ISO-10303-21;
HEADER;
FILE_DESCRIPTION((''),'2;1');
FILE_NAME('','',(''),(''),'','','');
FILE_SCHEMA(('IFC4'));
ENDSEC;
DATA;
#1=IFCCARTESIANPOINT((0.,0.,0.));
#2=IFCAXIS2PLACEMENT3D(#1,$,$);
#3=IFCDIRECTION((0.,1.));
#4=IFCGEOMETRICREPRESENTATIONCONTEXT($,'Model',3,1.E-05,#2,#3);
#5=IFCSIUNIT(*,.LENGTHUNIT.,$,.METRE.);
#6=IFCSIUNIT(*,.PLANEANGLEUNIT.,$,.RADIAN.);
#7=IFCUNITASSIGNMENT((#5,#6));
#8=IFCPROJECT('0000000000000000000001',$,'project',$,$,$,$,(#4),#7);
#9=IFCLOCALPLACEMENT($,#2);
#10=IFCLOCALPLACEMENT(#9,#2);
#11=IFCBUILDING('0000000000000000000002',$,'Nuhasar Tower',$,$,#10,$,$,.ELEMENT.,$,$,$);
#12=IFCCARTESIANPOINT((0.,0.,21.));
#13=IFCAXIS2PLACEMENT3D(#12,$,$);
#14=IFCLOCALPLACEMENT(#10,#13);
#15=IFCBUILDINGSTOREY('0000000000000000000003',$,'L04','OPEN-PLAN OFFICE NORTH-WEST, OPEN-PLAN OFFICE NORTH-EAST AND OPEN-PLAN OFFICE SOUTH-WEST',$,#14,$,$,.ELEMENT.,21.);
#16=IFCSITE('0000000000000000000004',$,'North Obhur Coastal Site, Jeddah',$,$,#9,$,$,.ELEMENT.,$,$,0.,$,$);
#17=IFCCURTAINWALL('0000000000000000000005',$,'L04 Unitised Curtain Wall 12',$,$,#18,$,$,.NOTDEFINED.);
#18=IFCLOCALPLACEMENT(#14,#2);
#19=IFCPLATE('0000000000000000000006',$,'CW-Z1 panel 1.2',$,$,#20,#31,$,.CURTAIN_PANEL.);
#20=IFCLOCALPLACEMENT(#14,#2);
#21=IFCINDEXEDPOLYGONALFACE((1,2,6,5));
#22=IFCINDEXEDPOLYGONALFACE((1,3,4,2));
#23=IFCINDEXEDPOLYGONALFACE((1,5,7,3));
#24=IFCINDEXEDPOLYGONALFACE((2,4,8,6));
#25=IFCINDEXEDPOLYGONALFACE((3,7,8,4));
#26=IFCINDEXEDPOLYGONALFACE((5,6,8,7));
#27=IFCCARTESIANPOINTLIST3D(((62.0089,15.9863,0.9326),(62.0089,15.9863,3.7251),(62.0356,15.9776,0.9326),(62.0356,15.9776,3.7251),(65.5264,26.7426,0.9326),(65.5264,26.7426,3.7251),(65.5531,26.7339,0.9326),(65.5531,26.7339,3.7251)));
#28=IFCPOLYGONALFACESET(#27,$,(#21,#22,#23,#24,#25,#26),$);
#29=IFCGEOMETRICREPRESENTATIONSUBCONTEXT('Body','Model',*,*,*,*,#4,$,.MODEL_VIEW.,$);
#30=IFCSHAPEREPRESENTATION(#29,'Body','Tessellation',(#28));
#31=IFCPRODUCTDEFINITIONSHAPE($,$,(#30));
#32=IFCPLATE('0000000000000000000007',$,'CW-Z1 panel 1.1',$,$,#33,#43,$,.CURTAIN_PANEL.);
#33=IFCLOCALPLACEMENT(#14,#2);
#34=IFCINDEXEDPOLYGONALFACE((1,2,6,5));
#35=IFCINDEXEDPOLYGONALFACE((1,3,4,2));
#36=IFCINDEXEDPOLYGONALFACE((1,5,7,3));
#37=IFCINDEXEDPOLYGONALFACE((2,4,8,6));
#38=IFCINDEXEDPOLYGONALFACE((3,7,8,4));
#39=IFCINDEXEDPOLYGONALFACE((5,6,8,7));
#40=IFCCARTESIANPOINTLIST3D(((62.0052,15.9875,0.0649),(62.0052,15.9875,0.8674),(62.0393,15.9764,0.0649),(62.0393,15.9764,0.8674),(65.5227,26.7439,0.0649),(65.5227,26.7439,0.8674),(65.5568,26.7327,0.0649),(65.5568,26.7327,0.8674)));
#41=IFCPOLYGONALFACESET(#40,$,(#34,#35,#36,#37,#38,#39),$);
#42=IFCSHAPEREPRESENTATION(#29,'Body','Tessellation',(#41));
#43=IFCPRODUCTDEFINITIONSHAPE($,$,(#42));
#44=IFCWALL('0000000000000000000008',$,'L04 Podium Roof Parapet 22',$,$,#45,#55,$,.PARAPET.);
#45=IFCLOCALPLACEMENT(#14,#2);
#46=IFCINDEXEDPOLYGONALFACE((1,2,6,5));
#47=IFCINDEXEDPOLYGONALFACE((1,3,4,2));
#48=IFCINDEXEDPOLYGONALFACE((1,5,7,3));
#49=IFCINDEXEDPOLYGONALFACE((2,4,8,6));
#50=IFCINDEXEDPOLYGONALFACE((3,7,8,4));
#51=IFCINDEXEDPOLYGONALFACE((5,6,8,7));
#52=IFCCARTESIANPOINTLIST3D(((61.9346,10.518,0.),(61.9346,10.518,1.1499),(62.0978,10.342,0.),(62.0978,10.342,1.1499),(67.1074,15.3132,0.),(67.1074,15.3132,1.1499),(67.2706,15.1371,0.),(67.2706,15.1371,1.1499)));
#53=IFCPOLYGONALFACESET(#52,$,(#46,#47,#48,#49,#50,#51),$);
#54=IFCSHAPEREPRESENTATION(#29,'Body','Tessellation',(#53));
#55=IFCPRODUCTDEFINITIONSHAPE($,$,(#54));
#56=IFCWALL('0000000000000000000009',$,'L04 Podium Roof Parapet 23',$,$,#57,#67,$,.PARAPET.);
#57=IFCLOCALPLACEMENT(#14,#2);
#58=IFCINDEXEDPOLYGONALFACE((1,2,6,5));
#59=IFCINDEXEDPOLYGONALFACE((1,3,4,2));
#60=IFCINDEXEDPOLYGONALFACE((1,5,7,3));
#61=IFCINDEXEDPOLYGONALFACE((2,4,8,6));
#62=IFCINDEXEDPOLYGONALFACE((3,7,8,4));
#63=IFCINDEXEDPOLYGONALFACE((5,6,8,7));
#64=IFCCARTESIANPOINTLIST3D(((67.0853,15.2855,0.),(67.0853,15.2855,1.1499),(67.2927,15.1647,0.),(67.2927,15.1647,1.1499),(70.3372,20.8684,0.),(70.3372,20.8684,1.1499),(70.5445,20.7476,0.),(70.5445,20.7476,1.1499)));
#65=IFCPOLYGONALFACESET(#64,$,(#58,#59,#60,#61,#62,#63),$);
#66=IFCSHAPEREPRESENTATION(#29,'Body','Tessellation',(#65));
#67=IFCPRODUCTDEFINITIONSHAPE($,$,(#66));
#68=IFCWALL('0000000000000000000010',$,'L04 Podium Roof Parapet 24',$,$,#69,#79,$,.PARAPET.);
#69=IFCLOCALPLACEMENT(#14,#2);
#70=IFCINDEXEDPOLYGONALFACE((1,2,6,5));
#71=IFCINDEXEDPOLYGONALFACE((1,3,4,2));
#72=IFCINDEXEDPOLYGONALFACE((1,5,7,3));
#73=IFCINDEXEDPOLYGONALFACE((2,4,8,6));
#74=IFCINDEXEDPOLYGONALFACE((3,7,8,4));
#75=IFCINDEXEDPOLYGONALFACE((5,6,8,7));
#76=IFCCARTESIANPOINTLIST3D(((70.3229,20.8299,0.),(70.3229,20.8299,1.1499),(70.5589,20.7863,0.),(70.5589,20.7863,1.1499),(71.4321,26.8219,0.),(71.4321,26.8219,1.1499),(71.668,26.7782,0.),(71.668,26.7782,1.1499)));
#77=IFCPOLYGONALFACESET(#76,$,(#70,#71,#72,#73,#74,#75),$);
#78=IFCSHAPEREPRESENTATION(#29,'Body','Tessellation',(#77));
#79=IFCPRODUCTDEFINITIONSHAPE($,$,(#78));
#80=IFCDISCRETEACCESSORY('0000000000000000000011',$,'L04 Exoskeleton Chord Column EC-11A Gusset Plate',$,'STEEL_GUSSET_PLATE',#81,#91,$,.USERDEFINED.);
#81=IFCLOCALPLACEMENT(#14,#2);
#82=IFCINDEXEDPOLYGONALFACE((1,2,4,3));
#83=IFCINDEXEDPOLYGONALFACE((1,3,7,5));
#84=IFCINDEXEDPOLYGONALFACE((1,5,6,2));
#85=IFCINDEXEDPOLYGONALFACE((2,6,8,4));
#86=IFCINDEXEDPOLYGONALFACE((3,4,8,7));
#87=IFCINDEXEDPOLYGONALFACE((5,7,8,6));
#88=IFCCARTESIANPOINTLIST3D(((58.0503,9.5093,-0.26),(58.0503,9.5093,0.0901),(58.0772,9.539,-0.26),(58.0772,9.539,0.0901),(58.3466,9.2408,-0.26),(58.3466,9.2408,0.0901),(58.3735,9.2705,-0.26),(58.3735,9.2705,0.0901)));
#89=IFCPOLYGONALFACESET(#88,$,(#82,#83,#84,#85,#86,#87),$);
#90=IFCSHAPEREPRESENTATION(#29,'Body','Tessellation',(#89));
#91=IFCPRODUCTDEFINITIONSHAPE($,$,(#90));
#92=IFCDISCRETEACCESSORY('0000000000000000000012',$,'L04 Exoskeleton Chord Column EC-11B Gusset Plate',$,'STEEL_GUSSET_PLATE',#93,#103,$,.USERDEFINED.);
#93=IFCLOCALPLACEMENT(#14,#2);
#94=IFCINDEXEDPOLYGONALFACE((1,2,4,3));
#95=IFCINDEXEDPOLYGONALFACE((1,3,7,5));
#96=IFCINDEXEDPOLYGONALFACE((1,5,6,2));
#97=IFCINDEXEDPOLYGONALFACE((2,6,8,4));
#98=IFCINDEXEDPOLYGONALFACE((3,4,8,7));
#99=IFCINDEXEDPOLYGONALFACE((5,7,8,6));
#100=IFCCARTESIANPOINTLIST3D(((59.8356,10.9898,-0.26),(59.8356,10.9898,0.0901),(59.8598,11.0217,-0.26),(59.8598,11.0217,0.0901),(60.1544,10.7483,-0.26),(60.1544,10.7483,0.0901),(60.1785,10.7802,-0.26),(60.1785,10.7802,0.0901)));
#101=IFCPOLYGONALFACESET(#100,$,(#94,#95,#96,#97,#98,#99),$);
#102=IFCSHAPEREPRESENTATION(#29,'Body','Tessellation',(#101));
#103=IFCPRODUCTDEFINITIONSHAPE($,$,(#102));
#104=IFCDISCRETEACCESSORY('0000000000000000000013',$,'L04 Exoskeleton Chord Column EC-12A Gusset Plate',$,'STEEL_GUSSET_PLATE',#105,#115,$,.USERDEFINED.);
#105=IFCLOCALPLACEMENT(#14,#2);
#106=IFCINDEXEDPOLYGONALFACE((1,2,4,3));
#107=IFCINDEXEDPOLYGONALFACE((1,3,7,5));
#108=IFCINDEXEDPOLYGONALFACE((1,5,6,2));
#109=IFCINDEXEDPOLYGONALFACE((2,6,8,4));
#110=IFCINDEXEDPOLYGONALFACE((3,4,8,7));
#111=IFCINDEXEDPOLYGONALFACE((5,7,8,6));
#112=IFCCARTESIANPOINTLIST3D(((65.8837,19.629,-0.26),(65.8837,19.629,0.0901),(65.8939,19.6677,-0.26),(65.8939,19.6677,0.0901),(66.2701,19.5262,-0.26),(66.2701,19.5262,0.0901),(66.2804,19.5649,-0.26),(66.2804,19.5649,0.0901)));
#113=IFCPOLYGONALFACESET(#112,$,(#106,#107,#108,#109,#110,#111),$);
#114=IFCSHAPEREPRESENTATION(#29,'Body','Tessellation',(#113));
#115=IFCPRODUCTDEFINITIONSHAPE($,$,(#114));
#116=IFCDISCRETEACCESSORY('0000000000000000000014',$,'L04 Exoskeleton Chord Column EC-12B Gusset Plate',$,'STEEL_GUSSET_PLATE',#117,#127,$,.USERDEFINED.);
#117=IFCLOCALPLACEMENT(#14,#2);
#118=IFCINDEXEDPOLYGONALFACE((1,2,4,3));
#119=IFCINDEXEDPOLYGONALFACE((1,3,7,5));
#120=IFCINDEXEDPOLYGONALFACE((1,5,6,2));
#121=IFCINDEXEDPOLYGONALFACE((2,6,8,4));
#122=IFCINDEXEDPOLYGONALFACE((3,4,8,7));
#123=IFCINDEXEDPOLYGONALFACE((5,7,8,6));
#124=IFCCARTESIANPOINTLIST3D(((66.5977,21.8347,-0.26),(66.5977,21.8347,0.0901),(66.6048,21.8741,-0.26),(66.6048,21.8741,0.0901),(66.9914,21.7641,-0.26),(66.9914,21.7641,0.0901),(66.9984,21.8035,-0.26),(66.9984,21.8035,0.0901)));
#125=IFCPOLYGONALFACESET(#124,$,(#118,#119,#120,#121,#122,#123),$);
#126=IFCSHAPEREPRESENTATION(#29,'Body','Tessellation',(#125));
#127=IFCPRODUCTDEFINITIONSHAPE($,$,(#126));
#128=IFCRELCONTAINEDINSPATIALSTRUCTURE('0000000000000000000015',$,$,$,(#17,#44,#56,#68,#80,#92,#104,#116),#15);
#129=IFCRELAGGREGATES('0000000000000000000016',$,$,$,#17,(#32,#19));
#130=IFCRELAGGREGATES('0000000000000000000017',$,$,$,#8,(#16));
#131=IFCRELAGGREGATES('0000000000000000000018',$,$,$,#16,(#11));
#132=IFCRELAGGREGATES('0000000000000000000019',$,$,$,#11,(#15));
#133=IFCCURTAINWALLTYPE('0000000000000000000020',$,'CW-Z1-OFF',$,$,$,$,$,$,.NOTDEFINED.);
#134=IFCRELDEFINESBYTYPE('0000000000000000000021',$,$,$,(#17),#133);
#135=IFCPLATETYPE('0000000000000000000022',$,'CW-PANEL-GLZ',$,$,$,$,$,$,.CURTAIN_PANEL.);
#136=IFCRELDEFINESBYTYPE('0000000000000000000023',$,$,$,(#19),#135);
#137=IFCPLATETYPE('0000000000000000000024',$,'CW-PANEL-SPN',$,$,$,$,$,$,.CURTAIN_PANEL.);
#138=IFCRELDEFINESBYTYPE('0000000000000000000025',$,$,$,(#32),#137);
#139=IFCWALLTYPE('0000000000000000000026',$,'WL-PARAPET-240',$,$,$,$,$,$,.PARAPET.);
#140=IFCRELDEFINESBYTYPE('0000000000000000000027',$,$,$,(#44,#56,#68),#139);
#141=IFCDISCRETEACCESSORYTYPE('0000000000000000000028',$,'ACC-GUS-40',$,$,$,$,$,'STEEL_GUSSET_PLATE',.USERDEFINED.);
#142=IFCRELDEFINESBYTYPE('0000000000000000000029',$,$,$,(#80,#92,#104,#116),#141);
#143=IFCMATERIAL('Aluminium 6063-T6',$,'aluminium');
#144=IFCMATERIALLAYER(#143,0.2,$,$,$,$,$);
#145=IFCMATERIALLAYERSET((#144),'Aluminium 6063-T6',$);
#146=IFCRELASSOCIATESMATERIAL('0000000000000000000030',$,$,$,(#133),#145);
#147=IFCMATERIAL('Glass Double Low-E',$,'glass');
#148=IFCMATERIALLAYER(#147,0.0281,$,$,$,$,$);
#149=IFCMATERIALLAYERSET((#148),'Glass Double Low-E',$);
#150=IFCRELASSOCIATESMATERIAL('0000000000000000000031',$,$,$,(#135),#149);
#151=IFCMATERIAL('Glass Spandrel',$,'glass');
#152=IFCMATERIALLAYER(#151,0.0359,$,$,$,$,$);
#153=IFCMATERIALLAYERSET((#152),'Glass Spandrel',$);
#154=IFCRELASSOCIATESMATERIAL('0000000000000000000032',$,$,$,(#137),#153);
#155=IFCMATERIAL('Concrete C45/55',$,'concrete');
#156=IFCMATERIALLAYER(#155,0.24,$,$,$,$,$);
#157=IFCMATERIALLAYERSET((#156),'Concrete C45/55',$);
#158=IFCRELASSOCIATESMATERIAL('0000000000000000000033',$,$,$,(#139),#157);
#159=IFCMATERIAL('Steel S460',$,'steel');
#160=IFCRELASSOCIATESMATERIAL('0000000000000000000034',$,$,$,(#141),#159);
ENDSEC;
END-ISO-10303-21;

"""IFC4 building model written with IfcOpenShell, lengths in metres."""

from ifc_helpers import new_model, si_unit, direction, frame, frame_2d, origin, origin_2d, place, context, subcontext, project, spatial, rectangle, extrude, material, layer, layer_set, type_object, element, aggregate, save


model = new_model("IFC4")

# Units and contexts
model_context = context("Model", 3, precision=1e-05, world=origin(), true_north=direction((0.0, 1.0)))
body_context = subcontext(model_context, "Body", "Model", "MODEL_VIEW")
ifc_project = project(units=[si_unit("LENGTHUNIT", "METRE"), si_unit("PLANEANGLEUNIT", "RADIAN")], contexts=[model_context])

# Site, building, storey
site_placement = place(None, origin())
site = spatial("IfcSite", under=ifc_project, at=site_placement, Name="North Obhur Coastal Site, Jeddah", CompositionType="ELEMENT", RefElevation=0.0)
building_placement = place(site_placement, origin())
building = spatial("IfcBuilding", under=site, at=building_placement, Name="Nuhasar Tower", CompositionType="ELEMENT")
storey_placement = place(building_placement, frame((0.0, 0.0, 21.0)))
storey = spatial("IfcBuildingStorey", under=building, at=storey_placement, Name="L04", Description="OPEN-PLAN OFFICE NORTH-WEST, OPEN-PLAN OFFICE NORTH-EAST AND OPEN-PLAN OFFICE SOUTH-WEST", CompositionType="ELEMENT", Elevation=21.0)

# Shared definitions
ifc_material_1 = material(Name="Steel S460", Category="steel")

# Shared definitions
ifc_material_2 = material(Name="Aluminium 6063-T6", Category="aluminium")
ifc_layer_1 = layer(ifc_material_2, 0.2)
ifc_layer_set_1 = layer_set([ifc_layer_1], Name="Aluminium 6063-T6")
curtain_wall_type = type_object("IfcCurtainWallType", Name="CW-Z1-OFF", PredefinedType="NOTDEFINED", material=ifc_layer_set_1)

# Curtain wall
curtain_wall_1_placement = place(storey_placement, origin())
curtain_wall_1 = element("IfcCurtainWall", 1, at=curtain_wall_1_placement, inside=storey, type_object=curtain_wall_type, Name="L04 Unitised Curtain Wall 12", PredefinedType="NOTDEFINED")

# Plates
ifc_material_3 = material(Name="Glass Double Low-E", Category="glass")
ifc_layer_2 = layer(ifc_material_3, 0.0281)
ifc_layer_set_2 = layer_set([ifc_layer_2], Name="Glass Double Low-E")
plate_type_1 = type_object("IfcPlateType", Name="CW-PANEL-GLZ", PredefinedType="CURTAIN_PANEL", material=ifc_layer_set_2)
plate_1_placement = place(storey_placement, frame((63.781, 21.3601, 0.9326), z_axis=(0.0, 0.0, 1.0), x_axis=(0.310824, 0.950468, 0.0)))
plate_1 = element("IfcPlate", 2, at=plate_1_placement, type_object=plate_type_1, Name="CW-Z1 panel 1.2", PredefinedType="CURTAIN_PANEL", context=body_context, shape_type="SweptSolid", body=[
    extrude(rectangle(XDim=11.3169, YDim=0.0281, at=origin_2d()), origin(), (0.0, 0.0, 1.0), 2.7925),
])
ifc_material_4 = material(Name="Glass Spandrel", Category="glass")
ifc_layer_3 = layer(ifc_material_4, 0.0359)
ifc_layer_set_3 = layer_set([ifc_layer_3], Name="Glass Spandrel")
plate_type_2 = type_object("IfcPlateType", Name="CW-PANEL-SPN", PredefinedType="CURTAIN_PANEL", material=ifc_layer_set_3)
plate_2_placement = place(storey_placement, frame((63.781, 21.3601, 0.0649), z_axis=(0.0, 0.0, 1.0), x_axis=(0.310824, 0.950468, 0.0)))
plate_2 = element("IfcPlate", 3, at=plate_2_placement, type_object=plate_type_2, Name="CW-Z1 panel 1.1", PredefinedType="CURTAIN_PANEL", context=body_context, shape_type="SweptSolid", body=[
    extrude(rectangle(XDim=11.3169, YDim=0.0359, at=origin_2d()), origin(), (0.0, 0.0, 1.0), 0.8025),
])
aggregate(curtain_wall_1, [plate_2, plate_1])

# Walls
ifc_material_5 = material(Name="Concrete C45/55", Category="concrete")
ifc_layer_4 = layer(ifc_material_5, 0.24)
ifc_layer_set_4 = layer_set([ifc_layer_4], Name="Concrete C45/55")
wall_type = type_object("IfcWallType", Name="WL-PARAPET-240", PredefinedType="PARAPET", material=ifc_layer_set_4)
wall_1_placement = place(storey_placement, frame((62.0161, 10.4299, 0.0), z_axis=(0.0, 0.0, 1.0), x_axis=(0.733373, 0.679827, 0.0)))
element("IfcWall", 4, at=wall_1_placement, inside=storey, type_object=wall_type, Name="L04 Podium Roof Parapet 22", PredefinedType="PARAPET", context=body_context, shape_type="SweptSolid", body=[
    extrude(rectangle(XDim=7.0535, YDim=0.24, at=frame_2d((3.5269, 0.0))), origin(), (0.0, 0.0, 1.0), 1.1499),
])
wall_2_placement = place(storey_placement, frame((67.189, 15.2251, 0.0), z_axis=(0.0, 0.0, 1.0), x_axis=(0.503316, 0.864102, 0.0)))
element("IfcWall", 5, at=wall_2_placement, inside=storey, type_object=wall_type, Name="L04 Podium Roof Parapet 23", PredefinedType="PARAPET", context=body_context, shape_type="SweptSolid", body=[
    extrude(rectangle(XDim=6.4609, YDim=0.24, at=frame_2d((3.2305, 0.0))), origin(), (0.0, 0.0, 1.0), 1.1499),
])
wall_3_placement = place(storey_placement, frame((70.4409, 20.8081, 0.0), z_axis=(0.0, 0.0, 1.0), x_axis=(0.182012, 0.983296, 0.0)))
element("IfcWall", 6, at=wall_3_placement, inside=storey, type_object=wall_type, Name="L04 Podium Roof Parapet 24", PredefinedType="PARAPET", context=body_context, shape_type="SweptSolid", body=[
    extrude(rectangle(XDim=6.0938, YDim=0.24, at=frame_2d((3.0469, 0.0))), origin(), (0.0, 0.0, 1.0), 1.1499),
])

# Discrete accessories
discrete_accessory_type = type_object("IfcDiscreteAccessoryType", Name="ACC-GUS-40", ElementType="STEEL_GUSSET_PLATE", PredefinedType="USERDEFINED", material=ifc_material_1)
for number, where, z_axis, x_axis, name in (
    (7, (58.2119, 9.3899, -0.26), (0.0, 0.0, 1.0), (0.741004, -0.671501, 0.0), "L04 Exoskeleton Chord Column EC-11A Gusset Plate"),
    (8, (60.0071, 10.885, -0.26), (0.0, 0.0, 1.0), (0.797078, -0.603876, 0.0), "L04 Exoskeleton Chord Column EC-11B Gusset Plate"),
    (9, (66.082, 19.5969, -0.26), (0.0, 0.0, 1.0), (0.966403, -0.257032, 0.0), "L04 Exoskeleton Chord Column EC-12A Gusset Plate"),
    (10, (66.7981, 21.8191, -0.26), (0.0, 0.0, 1.0), (0.984322, -0.17638, 0.0), "L04 Exoskeleton Chord Column EC-12B Gusset Plate"),
):
    element("IfcDiscreteAccessory", number, at=place(storey_placement, frame(where, z_axis=z_axis, x_axis=x_axis)), inside=storey, type_object=discrete_accessory_type, Name=name, ObjectType="STEEL_GUSSET_PLATE", PredefinedType="USERDEFINED", context=body_context, shape_type="SweptSolid", body=[
        extrude(rectangle(XDim=0.3999, YDim=0.04, at=origin_2d()), origin(), (0.0, 0.0, 1.0), 0.3501),
    ])

save(model, "model.ifc")
